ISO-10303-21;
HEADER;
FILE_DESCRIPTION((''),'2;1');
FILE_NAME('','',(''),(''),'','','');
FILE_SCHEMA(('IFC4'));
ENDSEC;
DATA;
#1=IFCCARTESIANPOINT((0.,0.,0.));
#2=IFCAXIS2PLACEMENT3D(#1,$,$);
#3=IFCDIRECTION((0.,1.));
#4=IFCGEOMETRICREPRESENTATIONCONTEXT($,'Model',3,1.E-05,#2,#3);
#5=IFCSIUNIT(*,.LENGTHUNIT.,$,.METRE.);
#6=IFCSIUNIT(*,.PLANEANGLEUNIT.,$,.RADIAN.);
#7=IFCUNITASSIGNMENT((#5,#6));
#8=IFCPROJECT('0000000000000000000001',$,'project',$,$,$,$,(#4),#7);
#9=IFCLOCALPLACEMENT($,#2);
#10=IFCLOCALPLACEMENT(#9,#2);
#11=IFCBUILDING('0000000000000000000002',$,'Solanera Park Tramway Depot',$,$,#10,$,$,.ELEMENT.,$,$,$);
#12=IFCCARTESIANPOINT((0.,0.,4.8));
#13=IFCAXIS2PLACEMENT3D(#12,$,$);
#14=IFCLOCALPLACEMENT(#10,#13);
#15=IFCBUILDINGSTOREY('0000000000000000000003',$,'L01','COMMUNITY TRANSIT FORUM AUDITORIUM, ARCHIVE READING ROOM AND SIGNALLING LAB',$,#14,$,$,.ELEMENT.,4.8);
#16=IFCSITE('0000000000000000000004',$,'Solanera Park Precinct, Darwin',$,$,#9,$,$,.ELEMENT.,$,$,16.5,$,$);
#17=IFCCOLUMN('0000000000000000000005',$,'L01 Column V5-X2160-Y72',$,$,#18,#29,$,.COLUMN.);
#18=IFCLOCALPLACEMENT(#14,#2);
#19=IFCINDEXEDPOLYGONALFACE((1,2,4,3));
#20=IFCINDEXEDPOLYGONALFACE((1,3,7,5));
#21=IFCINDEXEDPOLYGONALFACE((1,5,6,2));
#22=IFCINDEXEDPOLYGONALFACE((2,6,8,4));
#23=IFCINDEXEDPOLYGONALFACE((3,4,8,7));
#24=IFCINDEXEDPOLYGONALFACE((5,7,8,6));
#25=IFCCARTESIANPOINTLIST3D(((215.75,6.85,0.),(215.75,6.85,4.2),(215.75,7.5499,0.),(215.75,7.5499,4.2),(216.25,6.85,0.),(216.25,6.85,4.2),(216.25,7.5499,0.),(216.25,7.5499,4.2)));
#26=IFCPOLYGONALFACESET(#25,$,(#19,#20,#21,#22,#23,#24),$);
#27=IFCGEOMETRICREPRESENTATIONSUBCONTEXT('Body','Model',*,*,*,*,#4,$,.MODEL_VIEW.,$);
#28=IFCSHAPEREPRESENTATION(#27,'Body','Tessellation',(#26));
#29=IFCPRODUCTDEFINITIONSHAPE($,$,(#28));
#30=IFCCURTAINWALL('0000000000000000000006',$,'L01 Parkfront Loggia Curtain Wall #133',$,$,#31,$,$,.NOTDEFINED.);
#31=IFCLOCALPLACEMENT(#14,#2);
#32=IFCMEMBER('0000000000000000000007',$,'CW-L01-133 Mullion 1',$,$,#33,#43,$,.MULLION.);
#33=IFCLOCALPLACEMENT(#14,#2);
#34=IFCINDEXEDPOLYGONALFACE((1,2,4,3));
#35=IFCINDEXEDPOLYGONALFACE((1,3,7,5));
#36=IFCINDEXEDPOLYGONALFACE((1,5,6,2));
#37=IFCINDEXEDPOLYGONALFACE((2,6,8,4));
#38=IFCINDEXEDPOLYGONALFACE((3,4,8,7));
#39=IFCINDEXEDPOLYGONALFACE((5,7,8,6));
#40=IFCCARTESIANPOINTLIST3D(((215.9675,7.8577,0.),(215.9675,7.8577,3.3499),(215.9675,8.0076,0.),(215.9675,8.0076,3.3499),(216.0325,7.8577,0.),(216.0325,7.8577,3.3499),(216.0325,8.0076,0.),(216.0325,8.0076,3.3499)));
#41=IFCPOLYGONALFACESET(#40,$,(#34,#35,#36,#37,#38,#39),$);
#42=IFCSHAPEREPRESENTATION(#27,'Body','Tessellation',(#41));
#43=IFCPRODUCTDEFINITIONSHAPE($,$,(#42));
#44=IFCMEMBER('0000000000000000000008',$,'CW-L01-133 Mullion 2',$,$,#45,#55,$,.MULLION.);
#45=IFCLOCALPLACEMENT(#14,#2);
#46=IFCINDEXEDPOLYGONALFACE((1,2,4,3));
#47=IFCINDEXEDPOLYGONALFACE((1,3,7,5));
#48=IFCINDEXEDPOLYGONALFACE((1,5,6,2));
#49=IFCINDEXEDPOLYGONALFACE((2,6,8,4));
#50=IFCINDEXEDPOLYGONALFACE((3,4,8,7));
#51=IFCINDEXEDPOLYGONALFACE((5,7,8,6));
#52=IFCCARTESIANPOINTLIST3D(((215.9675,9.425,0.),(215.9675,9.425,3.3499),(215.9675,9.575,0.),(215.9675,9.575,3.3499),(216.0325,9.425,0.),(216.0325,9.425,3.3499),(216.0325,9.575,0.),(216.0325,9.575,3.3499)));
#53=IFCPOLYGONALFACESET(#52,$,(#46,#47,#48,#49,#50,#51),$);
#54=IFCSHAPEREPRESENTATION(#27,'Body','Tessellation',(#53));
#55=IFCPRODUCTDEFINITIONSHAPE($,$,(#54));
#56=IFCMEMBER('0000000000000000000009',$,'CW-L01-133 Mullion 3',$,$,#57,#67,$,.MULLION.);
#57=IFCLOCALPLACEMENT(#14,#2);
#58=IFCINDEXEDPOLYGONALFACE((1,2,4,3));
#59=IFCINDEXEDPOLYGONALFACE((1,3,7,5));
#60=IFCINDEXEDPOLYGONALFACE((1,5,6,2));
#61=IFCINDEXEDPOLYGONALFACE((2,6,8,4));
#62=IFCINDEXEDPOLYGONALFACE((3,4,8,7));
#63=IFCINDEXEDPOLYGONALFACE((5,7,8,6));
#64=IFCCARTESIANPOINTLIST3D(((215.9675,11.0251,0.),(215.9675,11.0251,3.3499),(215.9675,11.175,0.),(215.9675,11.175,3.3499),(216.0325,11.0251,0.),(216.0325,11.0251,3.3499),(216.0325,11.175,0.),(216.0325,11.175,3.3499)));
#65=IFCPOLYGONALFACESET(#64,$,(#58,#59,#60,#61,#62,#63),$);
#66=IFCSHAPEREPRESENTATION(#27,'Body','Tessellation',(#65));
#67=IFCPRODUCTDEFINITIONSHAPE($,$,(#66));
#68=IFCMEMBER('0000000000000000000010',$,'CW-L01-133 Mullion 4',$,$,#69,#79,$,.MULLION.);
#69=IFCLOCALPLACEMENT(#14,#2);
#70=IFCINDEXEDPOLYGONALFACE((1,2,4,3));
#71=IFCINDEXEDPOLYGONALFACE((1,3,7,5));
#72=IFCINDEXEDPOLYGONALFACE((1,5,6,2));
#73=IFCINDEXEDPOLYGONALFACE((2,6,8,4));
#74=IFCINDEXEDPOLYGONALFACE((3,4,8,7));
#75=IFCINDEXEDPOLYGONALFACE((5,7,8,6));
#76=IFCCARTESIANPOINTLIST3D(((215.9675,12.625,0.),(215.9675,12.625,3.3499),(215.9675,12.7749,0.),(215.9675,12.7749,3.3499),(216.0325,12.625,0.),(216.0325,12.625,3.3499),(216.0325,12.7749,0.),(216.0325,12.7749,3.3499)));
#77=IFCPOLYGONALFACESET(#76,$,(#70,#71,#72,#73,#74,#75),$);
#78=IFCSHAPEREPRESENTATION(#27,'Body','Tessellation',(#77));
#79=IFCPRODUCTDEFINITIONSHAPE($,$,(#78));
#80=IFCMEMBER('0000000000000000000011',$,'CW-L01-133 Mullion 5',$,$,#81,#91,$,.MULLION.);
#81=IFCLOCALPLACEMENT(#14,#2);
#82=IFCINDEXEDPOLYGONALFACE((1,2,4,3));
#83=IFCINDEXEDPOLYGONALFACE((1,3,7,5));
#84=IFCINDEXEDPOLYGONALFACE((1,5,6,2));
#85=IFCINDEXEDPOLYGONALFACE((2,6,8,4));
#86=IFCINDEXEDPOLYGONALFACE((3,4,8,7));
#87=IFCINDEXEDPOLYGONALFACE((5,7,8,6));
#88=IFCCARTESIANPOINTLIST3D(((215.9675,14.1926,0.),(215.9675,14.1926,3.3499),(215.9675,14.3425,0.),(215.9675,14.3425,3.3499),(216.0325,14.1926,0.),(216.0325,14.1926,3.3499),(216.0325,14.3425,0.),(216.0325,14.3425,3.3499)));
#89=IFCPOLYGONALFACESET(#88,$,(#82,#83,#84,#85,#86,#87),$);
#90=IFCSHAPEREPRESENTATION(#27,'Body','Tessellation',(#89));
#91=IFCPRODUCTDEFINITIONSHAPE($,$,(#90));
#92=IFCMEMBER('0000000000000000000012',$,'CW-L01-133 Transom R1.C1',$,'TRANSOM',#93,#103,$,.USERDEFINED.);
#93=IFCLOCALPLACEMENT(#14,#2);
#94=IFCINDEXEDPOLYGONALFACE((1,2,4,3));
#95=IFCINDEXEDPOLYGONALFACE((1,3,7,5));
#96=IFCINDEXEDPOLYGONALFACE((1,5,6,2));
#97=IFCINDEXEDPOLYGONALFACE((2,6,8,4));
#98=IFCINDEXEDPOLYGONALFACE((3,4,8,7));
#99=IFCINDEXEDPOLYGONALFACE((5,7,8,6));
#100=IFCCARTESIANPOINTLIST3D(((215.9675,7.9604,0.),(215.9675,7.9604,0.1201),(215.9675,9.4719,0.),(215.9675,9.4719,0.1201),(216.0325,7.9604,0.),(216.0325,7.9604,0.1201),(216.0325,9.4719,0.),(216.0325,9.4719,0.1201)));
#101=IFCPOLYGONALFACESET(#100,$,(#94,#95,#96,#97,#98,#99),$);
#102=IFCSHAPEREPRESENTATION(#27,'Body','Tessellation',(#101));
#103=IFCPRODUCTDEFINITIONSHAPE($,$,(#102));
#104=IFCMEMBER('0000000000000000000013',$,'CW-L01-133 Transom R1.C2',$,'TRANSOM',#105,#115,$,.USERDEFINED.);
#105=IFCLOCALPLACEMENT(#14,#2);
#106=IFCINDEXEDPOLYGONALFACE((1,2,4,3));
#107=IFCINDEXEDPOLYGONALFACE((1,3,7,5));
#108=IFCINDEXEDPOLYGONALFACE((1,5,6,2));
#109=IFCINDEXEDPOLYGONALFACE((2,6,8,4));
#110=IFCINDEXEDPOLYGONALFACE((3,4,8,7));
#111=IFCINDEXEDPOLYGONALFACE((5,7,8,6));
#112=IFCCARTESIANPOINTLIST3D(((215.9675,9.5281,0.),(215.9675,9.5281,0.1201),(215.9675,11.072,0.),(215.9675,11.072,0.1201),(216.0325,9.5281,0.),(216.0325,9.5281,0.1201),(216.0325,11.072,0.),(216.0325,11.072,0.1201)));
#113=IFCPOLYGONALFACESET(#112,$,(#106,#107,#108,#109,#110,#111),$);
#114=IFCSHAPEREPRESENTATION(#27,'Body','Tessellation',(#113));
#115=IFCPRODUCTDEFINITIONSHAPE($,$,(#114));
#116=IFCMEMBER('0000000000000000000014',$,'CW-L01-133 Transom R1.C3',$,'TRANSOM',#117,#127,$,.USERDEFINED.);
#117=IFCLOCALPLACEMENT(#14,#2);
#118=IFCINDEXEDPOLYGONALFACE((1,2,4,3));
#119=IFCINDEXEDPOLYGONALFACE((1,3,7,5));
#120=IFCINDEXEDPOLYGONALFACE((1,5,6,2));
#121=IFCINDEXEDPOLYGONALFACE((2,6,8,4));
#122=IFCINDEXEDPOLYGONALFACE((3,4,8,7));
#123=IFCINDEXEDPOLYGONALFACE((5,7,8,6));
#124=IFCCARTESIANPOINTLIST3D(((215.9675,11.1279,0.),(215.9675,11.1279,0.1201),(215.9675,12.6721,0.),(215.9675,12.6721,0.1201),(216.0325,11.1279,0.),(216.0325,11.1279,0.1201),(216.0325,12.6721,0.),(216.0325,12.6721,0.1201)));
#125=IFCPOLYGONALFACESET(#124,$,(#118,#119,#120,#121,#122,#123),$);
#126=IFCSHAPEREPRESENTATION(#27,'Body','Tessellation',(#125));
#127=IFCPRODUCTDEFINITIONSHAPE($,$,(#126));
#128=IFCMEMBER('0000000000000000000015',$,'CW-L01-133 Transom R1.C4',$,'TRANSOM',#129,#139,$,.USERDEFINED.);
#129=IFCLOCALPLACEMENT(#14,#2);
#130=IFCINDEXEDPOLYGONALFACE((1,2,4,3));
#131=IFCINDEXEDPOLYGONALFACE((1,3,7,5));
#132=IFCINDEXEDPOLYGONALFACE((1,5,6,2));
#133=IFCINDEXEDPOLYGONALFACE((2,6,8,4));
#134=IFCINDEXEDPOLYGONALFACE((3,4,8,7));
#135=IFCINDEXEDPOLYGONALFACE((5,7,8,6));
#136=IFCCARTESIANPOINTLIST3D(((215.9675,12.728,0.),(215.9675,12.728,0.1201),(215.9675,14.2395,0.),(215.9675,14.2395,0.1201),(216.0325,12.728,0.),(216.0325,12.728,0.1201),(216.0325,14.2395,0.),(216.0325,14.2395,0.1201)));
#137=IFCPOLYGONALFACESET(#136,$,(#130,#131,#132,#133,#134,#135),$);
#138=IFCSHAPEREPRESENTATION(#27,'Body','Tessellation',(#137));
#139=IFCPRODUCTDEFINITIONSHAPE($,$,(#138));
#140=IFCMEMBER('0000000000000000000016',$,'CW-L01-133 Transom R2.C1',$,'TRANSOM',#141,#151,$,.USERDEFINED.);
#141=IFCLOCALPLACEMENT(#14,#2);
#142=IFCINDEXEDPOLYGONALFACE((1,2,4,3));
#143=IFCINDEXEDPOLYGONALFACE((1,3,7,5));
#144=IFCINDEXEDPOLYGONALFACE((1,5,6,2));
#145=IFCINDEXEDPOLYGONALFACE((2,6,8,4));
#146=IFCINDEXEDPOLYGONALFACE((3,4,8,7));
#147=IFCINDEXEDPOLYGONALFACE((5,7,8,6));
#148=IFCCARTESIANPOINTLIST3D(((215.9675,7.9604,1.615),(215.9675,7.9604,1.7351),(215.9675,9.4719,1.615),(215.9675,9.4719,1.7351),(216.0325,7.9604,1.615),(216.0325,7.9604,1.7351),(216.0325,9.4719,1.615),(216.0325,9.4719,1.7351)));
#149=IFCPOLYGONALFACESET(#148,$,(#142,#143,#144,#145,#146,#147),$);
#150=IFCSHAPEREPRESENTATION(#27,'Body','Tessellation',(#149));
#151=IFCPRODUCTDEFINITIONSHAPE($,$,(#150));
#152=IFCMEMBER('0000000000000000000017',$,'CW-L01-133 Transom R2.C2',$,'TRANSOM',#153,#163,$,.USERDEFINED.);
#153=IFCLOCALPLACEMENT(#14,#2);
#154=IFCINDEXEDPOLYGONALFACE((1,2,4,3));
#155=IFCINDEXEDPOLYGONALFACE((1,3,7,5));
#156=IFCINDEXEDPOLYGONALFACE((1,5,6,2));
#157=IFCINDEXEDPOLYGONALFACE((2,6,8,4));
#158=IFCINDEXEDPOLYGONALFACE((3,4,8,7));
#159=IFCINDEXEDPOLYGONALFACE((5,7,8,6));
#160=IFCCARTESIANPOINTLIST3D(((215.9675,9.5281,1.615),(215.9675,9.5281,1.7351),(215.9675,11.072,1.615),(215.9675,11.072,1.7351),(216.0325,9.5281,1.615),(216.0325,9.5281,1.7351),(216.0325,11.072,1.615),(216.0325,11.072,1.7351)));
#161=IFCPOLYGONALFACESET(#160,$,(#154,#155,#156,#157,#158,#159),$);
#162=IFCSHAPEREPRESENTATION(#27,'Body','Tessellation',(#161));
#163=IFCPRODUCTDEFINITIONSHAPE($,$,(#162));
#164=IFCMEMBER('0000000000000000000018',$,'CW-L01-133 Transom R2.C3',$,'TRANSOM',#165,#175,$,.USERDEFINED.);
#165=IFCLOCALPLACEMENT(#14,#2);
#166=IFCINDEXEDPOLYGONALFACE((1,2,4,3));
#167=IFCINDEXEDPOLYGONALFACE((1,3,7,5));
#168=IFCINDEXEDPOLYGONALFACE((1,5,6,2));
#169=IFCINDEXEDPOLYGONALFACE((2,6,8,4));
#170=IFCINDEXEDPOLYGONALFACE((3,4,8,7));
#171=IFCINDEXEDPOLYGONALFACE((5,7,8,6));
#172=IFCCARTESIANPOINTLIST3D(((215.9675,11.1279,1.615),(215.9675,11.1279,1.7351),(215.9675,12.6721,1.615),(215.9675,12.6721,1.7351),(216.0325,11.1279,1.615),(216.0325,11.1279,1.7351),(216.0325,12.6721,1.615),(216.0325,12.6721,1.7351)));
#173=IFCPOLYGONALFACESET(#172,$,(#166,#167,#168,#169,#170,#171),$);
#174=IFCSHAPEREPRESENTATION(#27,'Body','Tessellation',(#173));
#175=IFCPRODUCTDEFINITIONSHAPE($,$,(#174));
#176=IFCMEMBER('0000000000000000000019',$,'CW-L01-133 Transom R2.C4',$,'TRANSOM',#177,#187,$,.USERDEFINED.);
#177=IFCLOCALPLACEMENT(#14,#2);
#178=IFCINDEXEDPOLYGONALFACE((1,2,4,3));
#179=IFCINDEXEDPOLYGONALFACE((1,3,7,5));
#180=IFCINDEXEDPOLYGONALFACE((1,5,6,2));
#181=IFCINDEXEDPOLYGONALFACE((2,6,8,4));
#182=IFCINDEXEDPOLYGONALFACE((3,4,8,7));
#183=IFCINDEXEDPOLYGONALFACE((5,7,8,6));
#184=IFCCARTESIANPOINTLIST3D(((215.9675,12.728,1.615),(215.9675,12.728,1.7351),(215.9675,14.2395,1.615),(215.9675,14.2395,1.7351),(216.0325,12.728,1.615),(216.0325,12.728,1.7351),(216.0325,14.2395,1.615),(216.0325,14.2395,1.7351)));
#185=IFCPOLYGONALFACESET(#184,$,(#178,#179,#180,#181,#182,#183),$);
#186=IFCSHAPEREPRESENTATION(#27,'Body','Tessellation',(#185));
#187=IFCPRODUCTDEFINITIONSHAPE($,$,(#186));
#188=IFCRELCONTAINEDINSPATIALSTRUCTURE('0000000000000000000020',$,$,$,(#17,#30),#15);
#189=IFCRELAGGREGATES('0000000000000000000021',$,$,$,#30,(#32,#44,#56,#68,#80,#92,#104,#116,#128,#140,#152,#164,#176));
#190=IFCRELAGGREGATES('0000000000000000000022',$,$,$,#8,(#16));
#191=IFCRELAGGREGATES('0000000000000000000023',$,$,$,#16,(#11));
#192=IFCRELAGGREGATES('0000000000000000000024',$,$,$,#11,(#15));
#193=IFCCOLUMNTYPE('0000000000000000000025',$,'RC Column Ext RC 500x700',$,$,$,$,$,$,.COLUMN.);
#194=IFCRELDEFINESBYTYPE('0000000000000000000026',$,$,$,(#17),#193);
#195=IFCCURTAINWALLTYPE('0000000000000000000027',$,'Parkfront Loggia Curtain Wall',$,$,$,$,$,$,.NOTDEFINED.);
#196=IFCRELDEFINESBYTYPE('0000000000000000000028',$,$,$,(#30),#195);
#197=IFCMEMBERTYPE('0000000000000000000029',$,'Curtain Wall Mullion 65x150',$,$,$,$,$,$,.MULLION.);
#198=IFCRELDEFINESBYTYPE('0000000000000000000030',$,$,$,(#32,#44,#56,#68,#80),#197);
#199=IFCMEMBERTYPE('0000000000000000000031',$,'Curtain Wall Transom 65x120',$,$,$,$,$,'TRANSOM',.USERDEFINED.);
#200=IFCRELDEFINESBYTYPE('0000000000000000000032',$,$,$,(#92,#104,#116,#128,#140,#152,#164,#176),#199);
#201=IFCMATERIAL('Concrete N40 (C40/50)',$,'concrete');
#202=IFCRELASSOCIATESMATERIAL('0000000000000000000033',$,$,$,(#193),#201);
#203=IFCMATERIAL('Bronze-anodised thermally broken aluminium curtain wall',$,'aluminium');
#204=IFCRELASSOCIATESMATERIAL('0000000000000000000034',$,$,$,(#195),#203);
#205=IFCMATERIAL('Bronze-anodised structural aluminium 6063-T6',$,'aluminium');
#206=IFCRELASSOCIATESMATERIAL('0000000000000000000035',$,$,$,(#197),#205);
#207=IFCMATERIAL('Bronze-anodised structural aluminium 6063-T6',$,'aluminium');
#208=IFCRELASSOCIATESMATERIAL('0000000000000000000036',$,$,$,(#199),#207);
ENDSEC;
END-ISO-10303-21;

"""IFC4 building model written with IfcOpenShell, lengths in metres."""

from ifc_helpers import new_model, si_unit, direction, frame, origin, origin_2d, place, context, subcontext, project, spatial, rectangle, extrude, material, material_profile, profile_set, type_object, element, aggregate, save


model = new_model("IFC4")

# Units and contexts
model_context = context("Model", 3, precision=1e-05, world=origin(), true_north=direction((0.0, 1.0)))
body_context = subcontext(model_context, "Body", "Model", "MODEL_VIEW")
ifc_project = project(units=[si_unit("LENGTHUNIT", "METRE"), si_unit("PLANEANGLEUNIT", "RADIAN")], contexts=[model_context])

# Site, building, storey
site_placement = place(None, origin())
site = spatial("IfcSite", under=ifc_project, at=site_placement, Name="Solanera Park Precinct, Darwin", CompositionType="ELEMENT", RefElevation=16.5)
building_placement = place(site_placement, origin())
building = spatial("IfcBuilding", under=site, at=building_placement, Name="Solanera Park Tramway Depot", CompositionType="ELEMENT")
storey_placement = place(building_placement, frame((0.0, 0.0, 4.8)))
storey = spatial("IfcBuildingStorey", under=building, at=storey_placement, Name="L01", Description="COMMUNITY TRANSIT FORUM AUDITORIUM, ARCHIVE READING ROOM AND SIGNALLING LAB", CompositionType="ELEMENT", Elevation=4.8)

# Column
ifc_material_1 = material(Name="Concrete N40 (C40/50)", Category="concrete")
ifc_material_profile_1 = material_profile(ifc_material_1, rectangle(XDim=0.5, YDim=0.7, at=origin_2d()), Name="RC 500x700")
ifc_profile_set_1 = profile_set([ifc_material_profile_1], Name="Concrete N40 (C40/50)")
column_type = type_object("IfcColumnType", Name="RC Column Ext RC 500x700", PredefinedType="COLUMN", material=ifc_profile_set_1)
column_placement = place(storey_placement, frame((216.0, 7.2, 0.0), z_axis=(0.0, 0.0, 1.0), x_axis=(1.0, 0.0, 0.0)))
element("IfcColumn", 1, at=column_placement, inside=storey, type_object=column_type, Name="L01 Column V5-X2160-Y72", PredefinedType="COLUMN", context=body_context, shape_type="SweptSolid", body=[
    extrude(rectangle(XDim=0.5, YDim=0.7, at=origin_2d()), origin(), (0.0, 0.0, 1.0), 4.2),
])

# Curtain wall, members
ifc_material_2 = material(Name="Bronze-anodised thermally broken aluminium curtain wall", Category="aluminium")
curtain_wall_type = type_object("IfcCurtainWallType", Name="Parkfront Loggia Curtain Wall", PredefinedType="NOTDEFINED", material=ifc_material_2)
curtain_wall_placement = place(storey_placement, origin())
curtain_wall = element("IfcCurtainWall", 2, at=curtain_wall_placement, inside=storey, type_object=curtain_wall_type, Name="L01 Parkfront Loggia Curtain Wall #133", PredefinedType="NOTDEFINED")
ifc_material_3 = material(Name="Bronze-anodised structural aluminium 6063-T6", Category="aluminium")
ifc_material_profile_2 = material_profile(ifc_material_3, rectangle(XDim=0.0649, YDim=0.1499, at=origin_2d()), Name="Curtain Wall Mullion 65x150")
ifc_profile_set_2 = profile_set([ifc_material_profile_2], Name="Bronze-anodised structural aluminium 6063-T6")
member_type_1 = type_object("IfcMemberType", Name="Curtain Wall Mullion 65x150", PredefinedType="MULLION", material=ifc_profile_set_2)
member_1_placement = place(storey_placement, frame((216.0, 7.9326, 0.0), z_axis=(0.0, 0.0, 1.0), x_axis=(1.0, 0.0, 0.0)))
member_1 = element("IfcMember", 3, at=member_1_placement, type_object=member_type_1, Name="CW-L01-133 Mullion 1", PredefinedType="MULLION", context=body_context, shape_type="SweptSolid", body=[
    extrude(rectangle(XDim=0.0649, YDim=0.1499, at=origin_2d()), origin(), (0.0, 0.0, 1.0), 3.3499),
])
member_2_placement = place(storey_placement, frame((216.0, 9.5, 0.0), z_axis=(0.0, 0.0, 1.0), x_axis=(1.0, 0.0, 0.0)))
member_2 = element("IfcMember", 4, at=member_2_placement, type_object=member_type_1, Name="CW-L01-133 Mullion 2", PredefinedType="MULLION", context=body_context, shape_type="SweptSolid", body=[
    extrude(rectangle(XDim=0.0649, YDim=0.1499, at=origin_2d()), origin(), (0.0, 0.0, 1.0), 3.3499),
])
member_3_placement = place(storey_placement, frame((216.0, 11.1001, 0.0), z_axis=(0.0, 0.0, 1.0), x_axis=(1.0, 0.0, 0.0)))
member_3 = element("IfcMember", 5, at=member_3_placement, type_object=member_type_1, Name="CW-L01-133 Mullion 3", PredefinedType="MULLION", context=body_context, shape_type="SweptSolid", body=[
    extrude(rectangle(XDim=0.0649, YDim=0.1499, at=origin_2d()), origin(), (0.0, 0.0, 1.0), 3.3499),
])
member_4_placement = place(storey_placement, frame((216.0, 12.7, 0.0), z_axis=(0.0, 0.0, 1.0), x_axis=(1.0, 0.0, 0.0)))
member_4 = element("IfcMember", 6, at=member_4_placement, type_object=member_type_1, Name="CW-L01-133 Mullion 4", PredefinedType="MULLION", context=body_context, shape_type="SweptSolid", body=[
    extrude(rectangle(XDim=0.0649, YDim=0.1499, at=origin_2d()), origin(), (0.0, 0.0, 1.0), 3.3499),
])
member_5_placement = place(storey_placement, frame((216.0, 14.2676, 0.0), z_axis=(0.0, 0.0, 1.0), x_axis=(1.0, 0.0, 0.0)))
member_5 = element("IfcMember", 7, at=member_5_placement, type_object=member_type_1, Name="CW-L01-133 Mullion 5", PredefinedType="MULLION", context=body_context, shape_type="SweptSolid", body=[
    extrude(rectangle(XDim=0.0649, YDim=0.1499, at=origin_2d()), origin(), (0.0, 0.0, 1.0), 3.3499),
])
ifc_material_4 = material(Name="Bronze-anodised structural aluminium 6063-T6", Category="aluminium")
ifc_material_profile_3 = material_profile(ifc_material_4, rectangle(XDim=0.0649, YDim=0.1201, at=origin_2d()), Name="Curtain Wall Transom 65x120")
ifc_profile_set_3 = profile_set([ifc_material_profile_3], Name="Bronze-anodised structural aluminium 6063-T6")
member_type_2 = type_object("IfcMemberType", Name="Curtain Wall Transom 65x120", ElementType="TRANSOM", PredefinedType="USERDEFINED", material=ifc_profile_set_3)
member_6_placement = place(storey_placement, frame((216.0, 7.9604, 0.0601), z_axis=(0.0, 1.0, 0.0), x_axis=(-1.0, 0.0, 0.0)))
member_6 = element("IfcMember", 8, at=member_6_placement, type_object=member_type_2, Name="CW-L01-133 Transom R1.C1", ObjectType="TRANSOM", PredefinedType="USERDEFINED", context=body_context, shape_type="SweptSolid", body=[
    extrude(rectangle(XDim=0.0649, YDim=0.1201, at=origin_2d()), origin(), (0.0, 0.0, 1.0), 1.5115),
])
member_7_placement = place(storey_placement, frame((216.0, 9.5281, 0.0601), z_axis=(0.0, 1.0, 0.0), x_axis=(-1.0, 0.0, 0.0)))
member_7 = element("IfcMember", 9, at=member_7_placement, type_object=member_type_2, Name="CW-L01-133 Transom R1.C2", ObjectType="TRANSOM", PredefinedType="USERDEFINED", context=body_context, shape_type="SweptSolid", body=[
    extrude(rectangle(XDim=0.0649, YDim=0.1201, at=origin_2d()), origin(), (0.0, 0.0, 1.0), 1.5439),
])
member_8_placement = place(storey_placement, frame((216.0, 11.1279, 0.0601), z_axis=(0.0, 1.0, 0.0), x_axis=(-1.0, 0.0, 0.0)))
member_8 = element("IfcMember", 10, at=member_8_placement, type_object=member_type_2, Name="CW-L01-133 Transom R1.C3", ObjectType="TRANSOM", PredefinedType="USERDEFINED", context=body_context, shape_type="SweptSolid", body=[
    extrude(rectangle(XDim=0.0649, YDim=0.1201, at=origin_2d()), origin(), (0.0, 0.0, 1.0), 1.5442),
])
member_9_placement = place(storey_placement, frame((216.0, 12.728, 0.0601), z_axis=(0.0, 1.0, 0.0), x_axis=(-1.0, 0.0, 0.0)))
member_9 = element("IfcMember", 11, at=member_9_placement, type_object=member_type_2, Name="CW-L01-133 Transom R1.C4", ObjectType="TRANSOM", PredefinedType="USERDEFINED", context=body_context, shape_type="SweptSolid", body=[
    extrude(rectangle(XDim=0.0649, YDim=0.1201, at=origin_2d()), origin(), (0.0, 0.0, 1.0), 1.5115),
])
member_10_placement = place(storey_placement, frame((216.0, 7.9604, 1.675), z_axis=(0.0, 1.0, 0.0), x_axis=(-1.0, 0.0, 0.0)))
member_10 = element("IfcMember", 12, at=member_10_placement, type_object=member_type_2, Name="CW-L01-133 Transom R2.C1", ObjectType="TRANSOM", PredefinedType="USERDEFINED", context=body_context, shape_type="SweptSolid", body=[
    extrude(rectangle(XDim=0.0649, YDim=0.1201, at=origin_2d()), origin(), (0.0, 0.0, 1.0), 1.5115),
])
member_11_placement = place(storey_placement, frame((216.0, 9.5281, 1.675), z_axis=(0.0, 1.0, 0.0), x_axis=(-1.0, 0.0, 0.0)))
member_11 = element("IfcMember", 13, at=member_11_placement, type_object=member_type_2, Name="CW-L01-133 Transom R2.C2", ObjectType="TRANSOM", PredefinedType="USERDEFINED", context=body_context, shape_type="SweptSolid", body=[
    extrude(rectangle(XDim=0.0649, YDim=0.1201, at=origin_2d()), origin(), (0.0, 0.0, 1.0), 1.5439),
])
member_12_placement = place(storey_placement, frame((216.0, 11.1279, 1.675), z_axis=(0.0, 1.0, 0.0), x_axis=(-1.0, 0.0, 0.0)))
member_12 = element("IfcMember", 14, at=member_12_placement, type_object=member_type_2, Name="CW-L01-133 Transom R2.C3", ObjectType="TRANSOM", PredefinedType="USERDEFINED", context=body_context, shape_type="SweptSolid", body=[
    extrude(rectangle(XDim=0.0649, YDim=0.1201, at=origin_2d()), origin(), (0.0, 0.0, 1.0), 1.5442),
])
member_13_placement = place(storey_placement, frame((216.0, 12.728, 1.675), z_axis=(0.0, 1.0, 0.0), x_axis=(-1.0, 0.0, 0.0)))
member_13 = element("IfcMember", 15, at=member_13_placement, type_object=member_type_2, Name="CW-L01-133 Transom R2.C4", ObjectType="TRANSOM", PredefinedType="USERDEFINED", context=body_context, shape_type="SweptSolid", body=[
    extrude(rectangle(XDim=0.0649, YDim=0.1201, at=origin_2d()), origin(), (0.0, 0.0, 1.0), 1.5115),
])

aggregate(curtain_wall, [member_1, member_2, member_3, member_4, member_5, member_6, member_7, member_8, member_9, member_10, member_11, member_12, member_13])

save(model, "model.ifc")
